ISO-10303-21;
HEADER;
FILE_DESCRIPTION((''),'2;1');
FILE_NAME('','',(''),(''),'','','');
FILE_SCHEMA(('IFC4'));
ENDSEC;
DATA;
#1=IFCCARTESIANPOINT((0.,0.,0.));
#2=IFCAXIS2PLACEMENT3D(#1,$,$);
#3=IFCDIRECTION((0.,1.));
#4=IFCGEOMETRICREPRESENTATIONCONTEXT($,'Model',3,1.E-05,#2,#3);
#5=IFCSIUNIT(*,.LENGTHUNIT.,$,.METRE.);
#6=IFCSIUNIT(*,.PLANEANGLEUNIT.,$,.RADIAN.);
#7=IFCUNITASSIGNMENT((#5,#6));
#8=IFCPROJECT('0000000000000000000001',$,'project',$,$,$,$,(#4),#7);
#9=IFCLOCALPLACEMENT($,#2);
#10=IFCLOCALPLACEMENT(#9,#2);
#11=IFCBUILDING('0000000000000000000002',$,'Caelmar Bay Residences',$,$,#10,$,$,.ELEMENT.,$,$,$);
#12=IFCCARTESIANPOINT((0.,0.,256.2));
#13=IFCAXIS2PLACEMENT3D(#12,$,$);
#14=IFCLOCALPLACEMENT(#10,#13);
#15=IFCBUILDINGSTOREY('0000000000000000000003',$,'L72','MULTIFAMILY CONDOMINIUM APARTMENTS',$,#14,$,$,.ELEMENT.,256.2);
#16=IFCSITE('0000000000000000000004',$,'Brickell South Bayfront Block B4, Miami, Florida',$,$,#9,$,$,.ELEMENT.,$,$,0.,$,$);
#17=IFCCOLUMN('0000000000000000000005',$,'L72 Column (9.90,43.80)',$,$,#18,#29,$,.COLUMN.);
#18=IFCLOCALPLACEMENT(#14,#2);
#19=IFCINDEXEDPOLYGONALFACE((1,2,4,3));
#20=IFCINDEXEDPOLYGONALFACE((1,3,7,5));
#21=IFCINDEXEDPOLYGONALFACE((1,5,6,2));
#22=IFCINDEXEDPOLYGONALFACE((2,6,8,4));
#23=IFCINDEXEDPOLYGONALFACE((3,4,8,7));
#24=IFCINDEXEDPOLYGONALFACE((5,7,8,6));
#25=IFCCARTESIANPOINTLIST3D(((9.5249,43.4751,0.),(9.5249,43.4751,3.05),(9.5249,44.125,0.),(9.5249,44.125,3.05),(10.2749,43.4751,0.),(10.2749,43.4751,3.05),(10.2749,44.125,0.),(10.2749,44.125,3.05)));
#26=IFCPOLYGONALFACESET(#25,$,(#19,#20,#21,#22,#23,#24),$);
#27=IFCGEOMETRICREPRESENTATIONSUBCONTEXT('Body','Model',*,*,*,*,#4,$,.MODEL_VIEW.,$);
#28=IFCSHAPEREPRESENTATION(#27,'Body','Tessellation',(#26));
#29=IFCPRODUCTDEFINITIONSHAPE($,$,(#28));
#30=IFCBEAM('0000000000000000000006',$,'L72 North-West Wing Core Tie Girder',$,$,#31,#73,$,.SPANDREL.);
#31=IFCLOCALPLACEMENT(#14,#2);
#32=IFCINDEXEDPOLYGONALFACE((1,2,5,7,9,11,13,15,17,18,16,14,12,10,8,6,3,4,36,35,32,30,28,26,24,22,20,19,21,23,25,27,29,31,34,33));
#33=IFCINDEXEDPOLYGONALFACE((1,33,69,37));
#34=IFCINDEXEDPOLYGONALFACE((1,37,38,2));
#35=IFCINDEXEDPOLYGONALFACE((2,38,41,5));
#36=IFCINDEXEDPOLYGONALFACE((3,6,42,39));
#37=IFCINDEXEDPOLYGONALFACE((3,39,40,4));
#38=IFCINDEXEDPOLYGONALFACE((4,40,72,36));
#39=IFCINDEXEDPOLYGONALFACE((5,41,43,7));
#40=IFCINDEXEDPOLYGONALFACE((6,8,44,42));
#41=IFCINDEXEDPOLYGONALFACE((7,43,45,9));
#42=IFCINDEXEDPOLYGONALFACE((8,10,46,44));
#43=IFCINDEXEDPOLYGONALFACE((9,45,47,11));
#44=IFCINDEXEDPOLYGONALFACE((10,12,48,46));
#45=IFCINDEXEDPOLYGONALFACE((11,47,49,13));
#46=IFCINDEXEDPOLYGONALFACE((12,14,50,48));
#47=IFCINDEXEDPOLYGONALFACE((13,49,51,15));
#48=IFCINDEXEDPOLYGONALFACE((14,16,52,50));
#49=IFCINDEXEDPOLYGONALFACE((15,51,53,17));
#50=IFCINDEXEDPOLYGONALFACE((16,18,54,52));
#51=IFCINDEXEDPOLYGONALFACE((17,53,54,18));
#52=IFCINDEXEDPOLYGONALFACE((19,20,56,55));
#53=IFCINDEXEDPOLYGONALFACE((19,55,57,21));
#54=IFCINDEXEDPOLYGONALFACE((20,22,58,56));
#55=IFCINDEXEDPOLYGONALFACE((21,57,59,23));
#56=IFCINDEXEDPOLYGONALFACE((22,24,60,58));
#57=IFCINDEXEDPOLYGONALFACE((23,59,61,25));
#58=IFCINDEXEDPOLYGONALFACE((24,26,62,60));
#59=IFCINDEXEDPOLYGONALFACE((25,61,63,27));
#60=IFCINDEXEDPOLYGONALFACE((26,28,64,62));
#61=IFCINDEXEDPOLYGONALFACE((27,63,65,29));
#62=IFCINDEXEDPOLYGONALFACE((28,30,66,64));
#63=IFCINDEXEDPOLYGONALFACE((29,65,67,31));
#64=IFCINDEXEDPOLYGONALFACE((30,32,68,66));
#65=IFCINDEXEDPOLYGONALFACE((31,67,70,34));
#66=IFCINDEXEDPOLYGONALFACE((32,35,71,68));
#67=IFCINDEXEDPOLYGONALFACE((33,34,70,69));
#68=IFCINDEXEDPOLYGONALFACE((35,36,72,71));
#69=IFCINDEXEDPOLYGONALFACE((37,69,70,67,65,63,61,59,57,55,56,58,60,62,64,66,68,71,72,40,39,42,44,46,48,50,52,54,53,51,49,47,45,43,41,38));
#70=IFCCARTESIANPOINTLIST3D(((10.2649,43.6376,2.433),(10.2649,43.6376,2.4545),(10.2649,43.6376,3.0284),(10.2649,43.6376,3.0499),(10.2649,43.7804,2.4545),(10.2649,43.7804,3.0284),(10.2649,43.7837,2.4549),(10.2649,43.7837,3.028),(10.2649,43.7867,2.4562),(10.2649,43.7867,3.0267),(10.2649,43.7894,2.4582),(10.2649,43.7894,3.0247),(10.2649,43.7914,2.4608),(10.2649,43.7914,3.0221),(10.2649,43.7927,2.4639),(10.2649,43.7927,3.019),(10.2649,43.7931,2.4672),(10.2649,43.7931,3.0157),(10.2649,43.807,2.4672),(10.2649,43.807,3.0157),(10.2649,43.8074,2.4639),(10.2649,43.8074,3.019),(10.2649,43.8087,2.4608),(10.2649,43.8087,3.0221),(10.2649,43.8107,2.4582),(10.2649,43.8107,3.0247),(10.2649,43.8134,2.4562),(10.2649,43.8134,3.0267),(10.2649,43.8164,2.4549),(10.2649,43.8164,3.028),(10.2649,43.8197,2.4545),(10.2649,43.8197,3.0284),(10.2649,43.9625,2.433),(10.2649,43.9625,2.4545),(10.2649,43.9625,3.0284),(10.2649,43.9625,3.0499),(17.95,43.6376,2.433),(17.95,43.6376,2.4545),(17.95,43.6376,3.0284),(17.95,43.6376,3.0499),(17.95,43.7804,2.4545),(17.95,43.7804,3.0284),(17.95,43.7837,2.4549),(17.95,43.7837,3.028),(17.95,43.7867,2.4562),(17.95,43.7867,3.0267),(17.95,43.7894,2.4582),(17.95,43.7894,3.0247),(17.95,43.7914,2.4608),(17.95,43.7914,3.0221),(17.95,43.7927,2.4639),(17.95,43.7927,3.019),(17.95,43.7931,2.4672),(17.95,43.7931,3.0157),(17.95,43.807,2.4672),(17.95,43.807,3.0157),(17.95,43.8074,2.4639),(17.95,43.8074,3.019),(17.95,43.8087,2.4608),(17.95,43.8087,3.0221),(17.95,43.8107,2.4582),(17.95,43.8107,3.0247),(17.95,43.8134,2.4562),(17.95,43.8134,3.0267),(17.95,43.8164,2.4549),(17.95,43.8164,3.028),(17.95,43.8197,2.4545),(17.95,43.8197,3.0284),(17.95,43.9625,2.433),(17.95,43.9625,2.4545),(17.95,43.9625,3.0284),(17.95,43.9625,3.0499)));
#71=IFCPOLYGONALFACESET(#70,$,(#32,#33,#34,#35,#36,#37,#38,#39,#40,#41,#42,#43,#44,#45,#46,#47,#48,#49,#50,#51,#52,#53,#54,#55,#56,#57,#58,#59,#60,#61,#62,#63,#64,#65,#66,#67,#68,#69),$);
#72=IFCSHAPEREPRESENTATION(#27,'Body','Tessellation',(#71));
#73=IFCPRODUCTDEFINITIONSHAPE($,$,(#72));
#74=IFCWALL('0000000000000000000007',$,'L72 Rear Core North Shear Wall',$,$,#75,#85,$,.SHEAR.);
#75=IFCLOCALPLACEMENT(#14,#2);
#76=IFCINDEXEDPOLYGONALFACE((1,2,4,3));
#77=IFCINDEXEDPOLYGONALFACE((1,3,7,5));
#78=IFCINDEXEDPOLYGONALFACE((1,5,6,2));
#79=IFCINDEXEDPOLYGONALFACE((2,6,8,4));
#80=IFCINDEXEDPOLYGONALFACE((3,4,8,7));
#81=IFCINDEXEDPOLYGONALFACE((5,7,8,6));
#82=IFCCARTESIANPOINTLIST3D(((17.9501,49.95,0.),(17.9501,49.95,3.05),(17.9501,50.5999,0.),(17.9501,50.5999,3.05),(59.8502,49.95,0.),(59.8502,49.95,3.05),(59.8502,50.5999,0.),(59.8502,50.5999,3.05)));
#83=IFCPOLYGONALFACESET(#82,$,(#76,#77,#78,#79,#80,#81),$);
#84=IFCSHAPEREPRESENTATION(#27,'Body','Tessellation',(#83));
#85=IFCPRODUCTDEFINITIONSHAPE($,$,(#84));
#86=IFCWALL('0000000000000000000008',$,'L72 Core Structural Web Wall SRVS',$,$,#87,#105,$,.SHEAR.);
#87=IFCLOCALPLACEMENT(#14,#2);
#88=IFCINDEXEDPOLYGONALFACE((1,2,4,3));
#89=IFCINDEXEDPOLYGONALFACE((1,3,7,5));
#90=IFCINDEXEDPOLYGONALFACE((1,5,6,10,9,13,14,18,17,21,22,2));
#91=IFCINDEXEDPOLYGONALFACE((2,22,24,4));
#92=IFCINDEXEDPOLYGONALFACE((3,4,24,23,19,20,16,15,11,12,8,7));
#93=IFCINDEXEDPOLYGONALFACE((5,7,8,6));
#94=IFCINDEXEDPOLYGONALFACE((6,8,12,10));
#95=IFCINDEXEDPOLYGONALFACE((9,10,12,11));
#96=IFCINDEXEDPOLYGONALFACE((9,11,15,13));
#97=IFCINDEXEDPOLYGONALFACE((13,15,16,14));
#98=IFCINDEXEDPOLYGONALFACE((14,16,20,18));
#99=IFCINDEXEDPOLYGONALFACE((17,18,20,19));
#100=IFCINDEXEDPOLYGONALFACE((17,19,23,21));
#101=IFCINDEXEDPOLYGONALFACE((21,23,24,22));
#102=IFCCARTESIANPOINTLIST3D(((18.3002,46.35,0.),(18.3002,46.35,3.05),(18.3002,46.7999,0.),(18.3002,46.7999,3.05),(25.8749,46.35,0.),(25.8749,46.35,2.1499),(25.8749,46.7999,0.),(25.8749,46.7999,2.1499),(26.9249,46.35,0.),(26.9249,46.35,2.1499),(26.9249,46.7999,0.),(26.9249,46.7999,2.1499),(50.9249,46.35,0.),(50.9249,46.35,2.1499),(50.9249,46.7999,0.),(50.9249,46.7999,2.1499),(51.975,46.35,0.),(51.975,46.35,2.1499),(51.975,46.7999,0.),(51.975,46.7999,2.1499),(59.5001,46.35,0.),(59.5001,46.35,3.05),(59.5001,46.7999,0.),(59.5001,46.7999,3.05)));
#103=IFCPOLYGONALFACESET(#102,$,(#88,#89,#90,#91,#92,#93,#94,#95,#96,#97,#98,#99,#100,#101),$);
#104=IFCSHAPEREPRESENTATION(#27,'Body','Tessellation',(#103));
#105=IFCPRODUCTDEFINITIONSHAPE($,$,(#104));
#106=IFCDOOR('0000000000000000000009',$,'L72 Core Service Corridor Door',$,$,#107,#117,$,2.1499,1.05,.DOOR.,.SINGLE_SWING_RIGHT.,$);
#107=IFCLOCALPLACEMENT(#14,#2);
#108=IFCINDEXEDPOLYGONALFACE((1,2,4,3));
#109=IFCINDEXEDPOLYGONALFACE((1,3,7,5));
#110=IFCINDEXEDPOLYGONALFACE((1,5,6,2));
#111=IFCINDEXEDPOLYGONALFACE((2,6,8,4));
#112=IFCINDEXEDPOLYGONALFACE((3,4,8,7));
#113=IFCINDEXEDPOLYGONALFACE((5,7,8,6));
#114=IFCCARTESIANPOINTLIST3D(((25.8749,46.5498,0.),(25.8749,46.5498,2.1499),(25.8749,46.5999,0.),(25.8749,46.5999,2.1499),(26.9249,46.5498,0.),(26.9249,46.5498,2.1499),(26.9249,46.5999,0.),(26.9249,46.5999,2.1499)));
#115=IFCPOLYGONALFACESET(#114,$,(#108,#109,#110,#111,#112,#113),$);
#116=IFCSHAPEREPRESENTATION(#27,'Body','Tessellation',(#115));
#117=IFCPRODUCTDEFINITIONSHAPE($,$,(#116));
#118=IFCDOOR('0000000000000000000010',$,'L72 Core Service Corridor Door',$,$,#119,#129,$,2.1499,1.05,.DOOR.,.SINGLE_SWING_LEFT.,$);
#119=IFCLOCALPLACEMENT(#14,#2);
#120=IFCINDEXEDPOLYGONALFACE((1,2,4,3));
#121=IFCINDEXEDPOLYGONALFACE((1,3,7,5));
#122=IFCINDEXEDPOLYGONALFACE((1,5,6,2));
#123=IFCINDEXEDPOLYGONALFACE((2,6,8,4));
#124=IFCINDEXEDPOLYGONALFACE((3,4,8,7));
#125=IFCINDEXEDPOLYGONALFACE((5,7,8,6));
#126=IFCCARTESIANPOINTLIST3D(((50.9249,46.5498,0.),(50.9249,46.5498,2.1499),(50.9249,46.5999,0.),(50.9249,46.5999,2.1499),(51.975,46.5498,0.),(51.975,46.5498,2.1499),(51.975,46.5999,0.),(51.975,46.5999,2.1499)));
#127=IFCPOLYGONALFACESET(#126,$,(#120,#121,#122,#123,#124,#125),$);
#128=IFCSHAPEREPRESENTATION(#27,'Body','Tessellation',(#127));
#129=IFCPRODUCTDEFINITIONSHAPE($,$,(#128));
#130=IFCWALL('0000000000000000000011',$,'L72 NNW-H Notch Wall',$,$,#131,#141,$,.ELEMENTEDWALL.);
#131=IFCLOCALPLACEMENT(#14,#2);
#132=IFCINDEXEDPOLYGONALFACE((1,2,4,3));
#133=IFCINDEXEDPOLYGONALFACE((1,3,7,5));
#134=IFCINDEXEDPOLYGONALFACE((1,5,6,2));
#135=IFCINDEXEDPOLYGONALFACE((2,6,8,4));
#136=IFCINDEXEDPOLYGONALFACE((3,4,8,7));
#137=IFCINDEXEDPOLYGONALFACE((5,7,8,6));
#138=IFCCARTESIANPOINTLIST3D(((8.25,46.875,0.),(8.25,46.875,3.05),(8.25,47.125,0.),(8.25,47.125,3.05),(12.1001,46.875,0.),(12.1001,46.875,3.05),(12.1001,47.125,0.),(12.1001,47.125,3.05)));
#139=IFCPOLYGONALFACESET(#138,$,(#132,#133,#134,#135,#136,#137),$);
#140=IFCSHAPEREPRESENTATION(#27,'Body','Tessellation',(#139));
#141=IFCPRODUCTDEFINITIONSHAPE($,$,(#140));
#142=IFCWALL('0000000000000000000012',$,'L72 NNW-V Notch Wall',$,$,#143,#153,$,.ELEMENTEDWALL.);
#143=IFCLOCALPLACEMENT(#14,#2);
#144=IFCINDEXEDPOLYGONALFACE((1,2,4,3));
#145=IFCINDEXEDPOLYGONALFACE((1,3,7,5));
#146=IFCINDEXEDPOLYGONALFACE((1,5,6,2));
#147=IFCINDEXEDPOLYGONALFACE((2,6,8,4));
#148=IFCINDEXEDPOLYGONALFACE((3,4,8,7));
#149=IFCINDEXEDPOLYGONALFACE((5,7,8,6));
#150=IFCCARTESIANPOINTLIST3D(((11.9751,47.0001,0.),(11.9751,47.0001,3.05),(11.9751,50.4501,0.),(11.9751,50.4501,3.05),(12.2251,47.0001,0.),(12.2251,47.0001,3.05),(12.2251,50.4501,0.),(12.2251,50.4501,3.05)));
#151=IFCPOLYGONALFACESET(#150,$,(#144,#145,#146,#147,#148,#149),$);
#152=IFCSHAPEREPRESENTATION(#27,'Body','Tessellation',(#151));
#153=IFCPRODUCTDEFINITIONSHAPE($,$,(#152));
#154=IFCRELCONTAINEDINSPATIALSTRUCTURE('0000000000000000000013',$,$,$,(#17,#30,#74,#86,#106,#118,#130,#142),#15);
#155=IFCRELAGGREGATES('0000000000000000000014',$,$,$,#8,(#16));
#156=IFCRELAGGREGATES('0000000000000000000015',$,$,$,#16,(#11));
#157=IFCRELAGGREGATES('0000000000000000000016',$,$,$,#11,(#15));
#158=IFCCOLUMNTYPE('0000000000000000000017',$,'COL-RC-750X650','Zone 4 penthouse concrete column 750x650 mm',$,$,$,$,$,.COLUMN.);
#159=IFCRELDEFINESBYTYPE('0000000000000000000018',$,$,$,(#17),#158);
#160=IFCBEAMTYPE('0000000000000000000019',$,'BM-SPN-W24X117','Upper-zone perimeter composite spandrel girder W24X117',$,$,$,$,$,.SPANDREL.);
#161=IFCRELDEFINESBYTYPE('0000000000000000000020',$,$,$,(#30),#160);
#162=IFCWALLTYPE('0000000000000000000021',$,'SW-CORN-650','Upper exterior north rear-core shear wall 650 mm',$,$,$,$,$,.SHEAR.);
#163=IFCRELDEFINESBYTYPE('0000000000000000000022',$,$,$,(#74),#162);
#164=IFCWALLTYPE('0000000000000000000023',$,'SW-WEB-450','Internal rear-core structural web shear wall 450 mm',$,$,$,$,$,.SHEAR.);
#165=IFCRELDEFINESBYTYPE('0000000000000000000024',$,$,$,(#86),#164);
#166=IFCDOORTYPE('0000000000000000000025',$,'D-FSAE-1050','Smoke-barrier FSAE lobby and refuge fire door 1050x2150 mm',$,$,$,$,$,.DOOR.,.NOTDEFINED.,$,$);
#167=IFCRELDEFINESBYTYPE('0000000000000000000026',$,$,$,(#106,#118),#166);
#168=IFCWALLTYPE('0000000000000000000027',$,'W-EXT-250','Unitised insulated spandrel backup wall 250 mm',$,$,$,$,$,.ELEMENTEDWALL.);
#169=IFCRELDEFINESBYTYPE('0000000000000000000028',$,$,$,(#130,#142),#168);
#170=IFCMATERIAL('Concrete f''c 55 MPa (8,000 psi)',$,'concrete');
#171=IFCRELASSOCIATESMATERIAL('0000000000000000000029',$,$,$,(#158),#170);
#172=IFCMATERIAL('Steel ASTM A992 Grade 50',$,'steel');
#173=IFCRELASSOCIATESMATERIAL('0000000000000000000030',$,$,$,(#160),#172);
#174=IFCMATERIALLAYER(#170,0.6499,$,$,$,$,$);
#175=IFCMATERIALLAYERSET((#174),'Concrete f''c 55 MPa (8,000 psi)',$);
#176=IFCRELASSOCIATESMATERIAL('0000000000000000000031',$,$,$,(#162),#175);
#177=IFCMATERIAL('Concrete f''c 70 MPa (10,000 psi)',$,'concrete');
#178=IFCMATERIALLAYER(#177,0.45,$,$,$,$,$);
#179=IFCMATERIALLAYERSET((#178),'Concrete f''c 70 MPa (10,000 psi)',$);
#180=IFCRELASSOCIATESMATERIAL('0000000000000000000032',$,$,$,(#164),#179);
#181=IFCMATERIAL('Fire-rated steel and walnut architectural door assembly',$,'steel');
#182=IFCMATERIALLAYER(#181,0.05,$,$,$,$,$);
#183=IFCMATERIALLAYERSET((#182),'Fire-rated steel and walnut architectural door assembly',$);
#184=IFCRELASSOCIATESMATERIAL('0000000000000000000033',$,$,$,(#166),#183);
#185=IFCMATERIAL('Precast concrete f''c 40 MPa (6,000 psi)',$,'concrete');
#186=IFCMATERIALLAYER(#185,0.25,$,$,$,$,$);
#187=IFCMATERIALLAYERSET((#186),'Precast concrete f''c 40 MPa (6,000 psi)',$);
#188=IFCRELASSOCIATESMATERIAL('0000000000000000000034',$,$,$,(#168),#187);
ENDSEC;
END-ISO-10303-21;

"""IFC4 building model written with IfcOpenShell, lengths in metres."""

from ifc_helpers import new_model, si_unit, direction, frame, frame_2d, origin, origin_2d, place, context, subcontext, project, spatial, rectangle, i_section, extrude, material, layer, layer_set, material_profile, profile_set, type_object, element, fill, save


model = new_model("IFC4")

# Units and contexts
model_context = context("Model", 3, precision=1e-05, world=origin(), true_north=direction((0.0, 1.0)))
body_context = subcontext(model_context, "Body", "Model", "MODEL_VIEW")
ifc_project = project(units=[si_unit("LENGTHUNIT", "METRE"), si_unit("PLANEANGLEUNIT", "RADIAN")], contexts=[model_context])

# Site, building, storey
site_placement = place(None, origin())
site = spatial("IfcSite", under=ifc_project, at=site_placement, Name="Brickell South Bayfront Block B4, Miami, Florida", CompositionType="ELEMENT", RefElevation=0.0)
building_placement = place(site_placement, origin())
building = spatial("IfcBuilding", under=site, at=building_placement, Name="Caelmar Bay Residences", CompositionType="ELEMENT")
storey_placement = place(building_placement, frame((0.0, 0.0, 256.2)))
storey = spatial("IfcBuildingStorey", under=building, at=storey_placement, Name="L72", Description="MULTIFAMILY CONDOMINIUM APARTMENTS", CompositionType="ELEMENT", Elevation=256.2)

# Column
ifc_material_1 = material(Name="Concrete f'c 55 MPa (8,000 psi)", Category="concrete")
ifc_material_profile_1 = material_profile(ifc_material_1, rectangle(XDim=0.75, YDim=0.6499, at=origin_2d()), Name="RC-COL-750X650")
ifc_profile_set_1 = profile_set([ifc_material_profile_1], Name="Concrete f'c 55 MPa (8,000 psi)")
column_type = type_object("IfcColumnType", Name="COL-RC-750X650", Description="Zone 4 penthouse concrete column 750x650 mm", PredefinedType="COLUMN", material=ifc_profile_set_1)
column_placement = place(storey_placement, frame((9.8999, 43.8, 0.0), z_axis=(0.0, 0.0, 1.0), x_axis=(1.0, 0.0, 0.0)))
element("IfcColumn", 1, at=column_placement, inside=storey, type_object=column_type, Name="L72 Column (9.90,43.80)", PredefinedType="COLUMN", context=body_context, shape_type="SweptSolid", body=[
    extrude(rectangle(XDim=0.75, YDim=0.6499, at=origin_2d()), origin(), (0.0, 0.0, 1.0), 3.05),
])

# Beam
ifc_material_2 = material(Name="Steel ASTM A992 Grade 50", Category="steel")
ifc_material_profile_2 = material_profile(ifc_material_2, i_section(OverallWidth=0.325, OverallDepth=0.6169, WebThickness=0.0139, FlangeThickness=0.0215, FilletRadius=0.0127, at=origin_2d()), Name="W24X117")
ifc_profile_set_2 = profile_set([ifc_material_profile_2], Name="Steel ASTM A992 Grade 50")
beam_type = type_object("IfcBeamType", Name="BM-SPN-W24X117", Description="Upper-zone perimeter composite spandrel girder W24X117", PredefinedType="SPANDREL", material=ifc_profile_set_2)
beam_placement = place(storey_placement, frame((10.2649, 43.8, 2.7415), z_axis=(1.0, 0.0, 0.0), x_axis=(0.0, 1.0, 0.0)))
element("IfcBeam", 2, at=beam_placement, inside=storey, type_object=beam_type, Name="L72 North-West Wing Core Tie Girder", PredefinedType="SPANDREL", context=body_context, shape_type="SweptSolid", body=[
    extrude(i_section(OverallWidth=0.325, OverallDepth=0.6169, WebThickness=0.0139, FlangeThickness=0.0215, FilletRadius=0.0127, at=origin_2d()), origin(), (0.0, 0.0, 1.0), 7.6851),
])

# Wall
ifc_layer_1 = layer(ifc_material_1, 0.6499)
ifc_layer_set_1 = layer_set([ifc_layer_1], Name="Concrete f'c 55 MPa (8,000 psi)")
wall_type_1 = type_object("IfcWallType", Name="SW-CORN-650", Description="Upper exterior north rear-core shear wall 650 mm", PredefinedType="SHEAR", material=ifc_layer_set_1)
wall_1_placement = place(storey_placement, frame((17.95, 50.2749, 0.0), z_axis=(0.0, 0.0, 1.0), x_axis=(1.0, 0.0, 0.0)))
element("IfcWall", 3, at=wall_1_placement, inside=storey, type_object=wall_type_1, Name="L72 Rear Core North Shear Wall", PredefinedType="SHEAR", context=body_context, shape_type="SweptSolid", body=[
    extrude(rectangle(XDim=41.9001, YDim=0.6499, at=frame_2d((20.9502, 0.0))), origin(), (0.0, 0.0, 1.0), 3.05),
])

# Wall, openings, doors
ifc_material_3 = material(Name="Concrete f'c 70 MPa (10,000 psi)", Category="concrete")
ifc_layer_2 = layer(ifc_material_3, 0.45)
ifc_layer_set_2 = layer_set([ifc_layer_2], Name="Concrete f'c 70 MPa (10,000 psi)")
wall_type_2 = type_object("IfcWallType", Name="SW-WEB-450", Description="Internal rear-core structural web shear wall 450 mm", PredefinedType="SHEAR", material=ifc_layer_set_2)
wall_2_placement = place(storey_placement, frame((18.3, 46.575, 0.0), z_axis=(0.0, 0.0, 1.0), x_axis=(1.0, 0.0, 0.0)))
wall_2 = element("IfcWall", 4, at=wall_2_placement, inside=storey, type_object=wall_type_2, Name="L72 Core Structural Web Wall SRVS", PredefinedType="SHEAR", context=body_context, shape_type="SweptSolid", body=[
    extrude(rectangle(XDim=41.2, YDim=0.45, at=frame_2d((20.6001, 0.0))), origin(), (0.0, 0.0, 1.0), 3.05),
])
opening_1_placement = place(wall_2_placement, frame((7.575, 0.0, 0.0)))
opening_1 = element("IfcOpeningElement", 5, at=opening_1_placement, cuts=wall_2, PredefinedType="OPENING", context=body_context, shape_type="SweptSolid", body=[
    extrude(rectangle(XDim=1.05, YDim=2.1499, at=frame_2d((0.5249, 1.075))), frame((0.0, 0.2349, 0.0), z_axis=(0.0, -1.0, 0.0), x_axis=(1.0, 0.0, 0.0)), (0.0, 0.0, 1.0), 0.47),
])
opening_2_placement = place(wall_2_placement, frame((32.625, 0.0, 0.0)))
opening_2 = element("IfcOpeningElement", 6, at=opening_2_placement, cuts=wall_2, PredefinedType="OPENING", context=body_context, shape_type="SweptSolid", body=[
    extrude(rectangle(XDim=1.05, YDim=2.1499, at=frame_2d((0.5249, 1.075))), frame((0.0, 0.2349, 0.0), z_axis=(0.0, -1.0, 0.0), x_axis=(1.0, 0.0, 0.0)), (0.0, 0.0, 1.0), 0.47),
])
ifc_material_4 = material(Name="Fire-rated steel and walnut architectural door assembly", Category="steel")
ifc_layer_3 = layer(ifc_material_4, 0.05)
ifc_layer_set_3 = layer_set([ifc_layer_3], Name="Fire-rated steel and walnut architectural door assembly")
door_type_1 = type_object("IfcDoorType", Name="D-FSAE-1050", Description="Smoke-barrier FSAE lobby and refuge fire door 1050x2150 mm", OperationType="NOTDEFINED", PredefinedType="DOOR", material=ifc_layer_set_3)
door_1_placement = place(opening_1_placement, origin())
door_1 = element("IfcDoor", 7, at=door_1_placement, inside=storey, type_object=door_type_1, Name="L72 Core Service Corridor Door", OperationType="SINGLE_SWING_RIGHT", OverallHeight=2.1499, OverallWidth=1.05, PredefinedType="DOOR", context=body_context, shape_type="SweptSolid", body=[
    extrude(rectangle(XDim=1.05, YDim=2.1499, at=frame_2d((0.5249, 1.075))), frame((0.0, 0.0249, 0.0), z_axis=(0.0, -1.0, 0.0), x_axis=(1.0, 0.0, 0.0)), (0.0, 0.0, 1.0), 0.05),
])
fill(opening_1, door_1)
door_2_placement = place(opening_2_placement, origin())
door_2 = element("IfcDoor", 8, at=door_2_placement, inside=storey, type_object=door_type_1, Name="L72 Core Service Corridor Door", OperationType="SINGLE_SWING_LEFT", OverallHeight=2.1499, OverallWidth=1.05, PredefinedType="DOOR", context=body_context, shape_type="SweptSolid", body=[
    extrude(rectangle(XDim=1.05, YDim=2.1499, at=frame_2d((0.5249, 1.075))), frame((0.0, 0.0249, 0.0), z_axis=(0.0, -1.0, 0.0), x_axis=(1.0, 0.0, 0.0)), (0.0, 0.0, 1.0), 0.05),
])
fill(opening_2, door_2)

# Walls
ifc_material_5 = material(Name="Precast concrete f'c 40 MPa (6,000 psi)", Category="concrete")
ifc_layer_4 = layer(ifc_material_5, 0.25)
ifc_layer_set_4 = layer_set([ifc_layer_4], Name="Precast concrete f'c 40 MPa (6,000 psi)")
wall_type_3 = type_object("IfcWallType", Name="W-EXT-250", Description="Unitised insulated spandrel backup wall 250 mm", PredefinedType="ELEMENTEDWALL", material=ifc_layer_set_4)
wall_3_placement = place(storey_placement, frame((8.25, 47.0, 0.0), z_axis=(0.0, 0.0, 1.0), x_axis=(1.0, 0.0, 0.0)))
element("IfcWall", 9, at=wall_3_placement, inside=storey, type_object=wall_type_3, Name="L72 NNW-H Notch Wall", PredefinedType="ELEMENTEDWALL", context=body_context, shape_type="SweptSolid", body=[
    extrude(rectangle(XDim=3.8501, YDim=0.25, at=frame_2d((1.925, 0.0))), origin(), (0.0, 0.0, 1.0), 3.05),
])
wall_4_placement = place(storey_placement, frame((12.1001, 47.0, 0.0), z_axis=(0.0, 0.0, 1.0), x_axis=(0.0, 1.0, 0.0)))
element("IfcWall", 10, at=wall_4_placement, inside=storey, type_object=wall_type_3, Name="L72 NNW-V Notch Wall", PredefinedType="ELEMENTEDWALL", context=body_context, shape_type="SweptSolid", body=[
    extrude(rectangle(XDim=3.45, YDim=0.25, at=frame_2d((1.7251, 0.0))), origin(), (0.0, 0.0, 1.0), 3.05),
])

save(model, "model.ifc")
